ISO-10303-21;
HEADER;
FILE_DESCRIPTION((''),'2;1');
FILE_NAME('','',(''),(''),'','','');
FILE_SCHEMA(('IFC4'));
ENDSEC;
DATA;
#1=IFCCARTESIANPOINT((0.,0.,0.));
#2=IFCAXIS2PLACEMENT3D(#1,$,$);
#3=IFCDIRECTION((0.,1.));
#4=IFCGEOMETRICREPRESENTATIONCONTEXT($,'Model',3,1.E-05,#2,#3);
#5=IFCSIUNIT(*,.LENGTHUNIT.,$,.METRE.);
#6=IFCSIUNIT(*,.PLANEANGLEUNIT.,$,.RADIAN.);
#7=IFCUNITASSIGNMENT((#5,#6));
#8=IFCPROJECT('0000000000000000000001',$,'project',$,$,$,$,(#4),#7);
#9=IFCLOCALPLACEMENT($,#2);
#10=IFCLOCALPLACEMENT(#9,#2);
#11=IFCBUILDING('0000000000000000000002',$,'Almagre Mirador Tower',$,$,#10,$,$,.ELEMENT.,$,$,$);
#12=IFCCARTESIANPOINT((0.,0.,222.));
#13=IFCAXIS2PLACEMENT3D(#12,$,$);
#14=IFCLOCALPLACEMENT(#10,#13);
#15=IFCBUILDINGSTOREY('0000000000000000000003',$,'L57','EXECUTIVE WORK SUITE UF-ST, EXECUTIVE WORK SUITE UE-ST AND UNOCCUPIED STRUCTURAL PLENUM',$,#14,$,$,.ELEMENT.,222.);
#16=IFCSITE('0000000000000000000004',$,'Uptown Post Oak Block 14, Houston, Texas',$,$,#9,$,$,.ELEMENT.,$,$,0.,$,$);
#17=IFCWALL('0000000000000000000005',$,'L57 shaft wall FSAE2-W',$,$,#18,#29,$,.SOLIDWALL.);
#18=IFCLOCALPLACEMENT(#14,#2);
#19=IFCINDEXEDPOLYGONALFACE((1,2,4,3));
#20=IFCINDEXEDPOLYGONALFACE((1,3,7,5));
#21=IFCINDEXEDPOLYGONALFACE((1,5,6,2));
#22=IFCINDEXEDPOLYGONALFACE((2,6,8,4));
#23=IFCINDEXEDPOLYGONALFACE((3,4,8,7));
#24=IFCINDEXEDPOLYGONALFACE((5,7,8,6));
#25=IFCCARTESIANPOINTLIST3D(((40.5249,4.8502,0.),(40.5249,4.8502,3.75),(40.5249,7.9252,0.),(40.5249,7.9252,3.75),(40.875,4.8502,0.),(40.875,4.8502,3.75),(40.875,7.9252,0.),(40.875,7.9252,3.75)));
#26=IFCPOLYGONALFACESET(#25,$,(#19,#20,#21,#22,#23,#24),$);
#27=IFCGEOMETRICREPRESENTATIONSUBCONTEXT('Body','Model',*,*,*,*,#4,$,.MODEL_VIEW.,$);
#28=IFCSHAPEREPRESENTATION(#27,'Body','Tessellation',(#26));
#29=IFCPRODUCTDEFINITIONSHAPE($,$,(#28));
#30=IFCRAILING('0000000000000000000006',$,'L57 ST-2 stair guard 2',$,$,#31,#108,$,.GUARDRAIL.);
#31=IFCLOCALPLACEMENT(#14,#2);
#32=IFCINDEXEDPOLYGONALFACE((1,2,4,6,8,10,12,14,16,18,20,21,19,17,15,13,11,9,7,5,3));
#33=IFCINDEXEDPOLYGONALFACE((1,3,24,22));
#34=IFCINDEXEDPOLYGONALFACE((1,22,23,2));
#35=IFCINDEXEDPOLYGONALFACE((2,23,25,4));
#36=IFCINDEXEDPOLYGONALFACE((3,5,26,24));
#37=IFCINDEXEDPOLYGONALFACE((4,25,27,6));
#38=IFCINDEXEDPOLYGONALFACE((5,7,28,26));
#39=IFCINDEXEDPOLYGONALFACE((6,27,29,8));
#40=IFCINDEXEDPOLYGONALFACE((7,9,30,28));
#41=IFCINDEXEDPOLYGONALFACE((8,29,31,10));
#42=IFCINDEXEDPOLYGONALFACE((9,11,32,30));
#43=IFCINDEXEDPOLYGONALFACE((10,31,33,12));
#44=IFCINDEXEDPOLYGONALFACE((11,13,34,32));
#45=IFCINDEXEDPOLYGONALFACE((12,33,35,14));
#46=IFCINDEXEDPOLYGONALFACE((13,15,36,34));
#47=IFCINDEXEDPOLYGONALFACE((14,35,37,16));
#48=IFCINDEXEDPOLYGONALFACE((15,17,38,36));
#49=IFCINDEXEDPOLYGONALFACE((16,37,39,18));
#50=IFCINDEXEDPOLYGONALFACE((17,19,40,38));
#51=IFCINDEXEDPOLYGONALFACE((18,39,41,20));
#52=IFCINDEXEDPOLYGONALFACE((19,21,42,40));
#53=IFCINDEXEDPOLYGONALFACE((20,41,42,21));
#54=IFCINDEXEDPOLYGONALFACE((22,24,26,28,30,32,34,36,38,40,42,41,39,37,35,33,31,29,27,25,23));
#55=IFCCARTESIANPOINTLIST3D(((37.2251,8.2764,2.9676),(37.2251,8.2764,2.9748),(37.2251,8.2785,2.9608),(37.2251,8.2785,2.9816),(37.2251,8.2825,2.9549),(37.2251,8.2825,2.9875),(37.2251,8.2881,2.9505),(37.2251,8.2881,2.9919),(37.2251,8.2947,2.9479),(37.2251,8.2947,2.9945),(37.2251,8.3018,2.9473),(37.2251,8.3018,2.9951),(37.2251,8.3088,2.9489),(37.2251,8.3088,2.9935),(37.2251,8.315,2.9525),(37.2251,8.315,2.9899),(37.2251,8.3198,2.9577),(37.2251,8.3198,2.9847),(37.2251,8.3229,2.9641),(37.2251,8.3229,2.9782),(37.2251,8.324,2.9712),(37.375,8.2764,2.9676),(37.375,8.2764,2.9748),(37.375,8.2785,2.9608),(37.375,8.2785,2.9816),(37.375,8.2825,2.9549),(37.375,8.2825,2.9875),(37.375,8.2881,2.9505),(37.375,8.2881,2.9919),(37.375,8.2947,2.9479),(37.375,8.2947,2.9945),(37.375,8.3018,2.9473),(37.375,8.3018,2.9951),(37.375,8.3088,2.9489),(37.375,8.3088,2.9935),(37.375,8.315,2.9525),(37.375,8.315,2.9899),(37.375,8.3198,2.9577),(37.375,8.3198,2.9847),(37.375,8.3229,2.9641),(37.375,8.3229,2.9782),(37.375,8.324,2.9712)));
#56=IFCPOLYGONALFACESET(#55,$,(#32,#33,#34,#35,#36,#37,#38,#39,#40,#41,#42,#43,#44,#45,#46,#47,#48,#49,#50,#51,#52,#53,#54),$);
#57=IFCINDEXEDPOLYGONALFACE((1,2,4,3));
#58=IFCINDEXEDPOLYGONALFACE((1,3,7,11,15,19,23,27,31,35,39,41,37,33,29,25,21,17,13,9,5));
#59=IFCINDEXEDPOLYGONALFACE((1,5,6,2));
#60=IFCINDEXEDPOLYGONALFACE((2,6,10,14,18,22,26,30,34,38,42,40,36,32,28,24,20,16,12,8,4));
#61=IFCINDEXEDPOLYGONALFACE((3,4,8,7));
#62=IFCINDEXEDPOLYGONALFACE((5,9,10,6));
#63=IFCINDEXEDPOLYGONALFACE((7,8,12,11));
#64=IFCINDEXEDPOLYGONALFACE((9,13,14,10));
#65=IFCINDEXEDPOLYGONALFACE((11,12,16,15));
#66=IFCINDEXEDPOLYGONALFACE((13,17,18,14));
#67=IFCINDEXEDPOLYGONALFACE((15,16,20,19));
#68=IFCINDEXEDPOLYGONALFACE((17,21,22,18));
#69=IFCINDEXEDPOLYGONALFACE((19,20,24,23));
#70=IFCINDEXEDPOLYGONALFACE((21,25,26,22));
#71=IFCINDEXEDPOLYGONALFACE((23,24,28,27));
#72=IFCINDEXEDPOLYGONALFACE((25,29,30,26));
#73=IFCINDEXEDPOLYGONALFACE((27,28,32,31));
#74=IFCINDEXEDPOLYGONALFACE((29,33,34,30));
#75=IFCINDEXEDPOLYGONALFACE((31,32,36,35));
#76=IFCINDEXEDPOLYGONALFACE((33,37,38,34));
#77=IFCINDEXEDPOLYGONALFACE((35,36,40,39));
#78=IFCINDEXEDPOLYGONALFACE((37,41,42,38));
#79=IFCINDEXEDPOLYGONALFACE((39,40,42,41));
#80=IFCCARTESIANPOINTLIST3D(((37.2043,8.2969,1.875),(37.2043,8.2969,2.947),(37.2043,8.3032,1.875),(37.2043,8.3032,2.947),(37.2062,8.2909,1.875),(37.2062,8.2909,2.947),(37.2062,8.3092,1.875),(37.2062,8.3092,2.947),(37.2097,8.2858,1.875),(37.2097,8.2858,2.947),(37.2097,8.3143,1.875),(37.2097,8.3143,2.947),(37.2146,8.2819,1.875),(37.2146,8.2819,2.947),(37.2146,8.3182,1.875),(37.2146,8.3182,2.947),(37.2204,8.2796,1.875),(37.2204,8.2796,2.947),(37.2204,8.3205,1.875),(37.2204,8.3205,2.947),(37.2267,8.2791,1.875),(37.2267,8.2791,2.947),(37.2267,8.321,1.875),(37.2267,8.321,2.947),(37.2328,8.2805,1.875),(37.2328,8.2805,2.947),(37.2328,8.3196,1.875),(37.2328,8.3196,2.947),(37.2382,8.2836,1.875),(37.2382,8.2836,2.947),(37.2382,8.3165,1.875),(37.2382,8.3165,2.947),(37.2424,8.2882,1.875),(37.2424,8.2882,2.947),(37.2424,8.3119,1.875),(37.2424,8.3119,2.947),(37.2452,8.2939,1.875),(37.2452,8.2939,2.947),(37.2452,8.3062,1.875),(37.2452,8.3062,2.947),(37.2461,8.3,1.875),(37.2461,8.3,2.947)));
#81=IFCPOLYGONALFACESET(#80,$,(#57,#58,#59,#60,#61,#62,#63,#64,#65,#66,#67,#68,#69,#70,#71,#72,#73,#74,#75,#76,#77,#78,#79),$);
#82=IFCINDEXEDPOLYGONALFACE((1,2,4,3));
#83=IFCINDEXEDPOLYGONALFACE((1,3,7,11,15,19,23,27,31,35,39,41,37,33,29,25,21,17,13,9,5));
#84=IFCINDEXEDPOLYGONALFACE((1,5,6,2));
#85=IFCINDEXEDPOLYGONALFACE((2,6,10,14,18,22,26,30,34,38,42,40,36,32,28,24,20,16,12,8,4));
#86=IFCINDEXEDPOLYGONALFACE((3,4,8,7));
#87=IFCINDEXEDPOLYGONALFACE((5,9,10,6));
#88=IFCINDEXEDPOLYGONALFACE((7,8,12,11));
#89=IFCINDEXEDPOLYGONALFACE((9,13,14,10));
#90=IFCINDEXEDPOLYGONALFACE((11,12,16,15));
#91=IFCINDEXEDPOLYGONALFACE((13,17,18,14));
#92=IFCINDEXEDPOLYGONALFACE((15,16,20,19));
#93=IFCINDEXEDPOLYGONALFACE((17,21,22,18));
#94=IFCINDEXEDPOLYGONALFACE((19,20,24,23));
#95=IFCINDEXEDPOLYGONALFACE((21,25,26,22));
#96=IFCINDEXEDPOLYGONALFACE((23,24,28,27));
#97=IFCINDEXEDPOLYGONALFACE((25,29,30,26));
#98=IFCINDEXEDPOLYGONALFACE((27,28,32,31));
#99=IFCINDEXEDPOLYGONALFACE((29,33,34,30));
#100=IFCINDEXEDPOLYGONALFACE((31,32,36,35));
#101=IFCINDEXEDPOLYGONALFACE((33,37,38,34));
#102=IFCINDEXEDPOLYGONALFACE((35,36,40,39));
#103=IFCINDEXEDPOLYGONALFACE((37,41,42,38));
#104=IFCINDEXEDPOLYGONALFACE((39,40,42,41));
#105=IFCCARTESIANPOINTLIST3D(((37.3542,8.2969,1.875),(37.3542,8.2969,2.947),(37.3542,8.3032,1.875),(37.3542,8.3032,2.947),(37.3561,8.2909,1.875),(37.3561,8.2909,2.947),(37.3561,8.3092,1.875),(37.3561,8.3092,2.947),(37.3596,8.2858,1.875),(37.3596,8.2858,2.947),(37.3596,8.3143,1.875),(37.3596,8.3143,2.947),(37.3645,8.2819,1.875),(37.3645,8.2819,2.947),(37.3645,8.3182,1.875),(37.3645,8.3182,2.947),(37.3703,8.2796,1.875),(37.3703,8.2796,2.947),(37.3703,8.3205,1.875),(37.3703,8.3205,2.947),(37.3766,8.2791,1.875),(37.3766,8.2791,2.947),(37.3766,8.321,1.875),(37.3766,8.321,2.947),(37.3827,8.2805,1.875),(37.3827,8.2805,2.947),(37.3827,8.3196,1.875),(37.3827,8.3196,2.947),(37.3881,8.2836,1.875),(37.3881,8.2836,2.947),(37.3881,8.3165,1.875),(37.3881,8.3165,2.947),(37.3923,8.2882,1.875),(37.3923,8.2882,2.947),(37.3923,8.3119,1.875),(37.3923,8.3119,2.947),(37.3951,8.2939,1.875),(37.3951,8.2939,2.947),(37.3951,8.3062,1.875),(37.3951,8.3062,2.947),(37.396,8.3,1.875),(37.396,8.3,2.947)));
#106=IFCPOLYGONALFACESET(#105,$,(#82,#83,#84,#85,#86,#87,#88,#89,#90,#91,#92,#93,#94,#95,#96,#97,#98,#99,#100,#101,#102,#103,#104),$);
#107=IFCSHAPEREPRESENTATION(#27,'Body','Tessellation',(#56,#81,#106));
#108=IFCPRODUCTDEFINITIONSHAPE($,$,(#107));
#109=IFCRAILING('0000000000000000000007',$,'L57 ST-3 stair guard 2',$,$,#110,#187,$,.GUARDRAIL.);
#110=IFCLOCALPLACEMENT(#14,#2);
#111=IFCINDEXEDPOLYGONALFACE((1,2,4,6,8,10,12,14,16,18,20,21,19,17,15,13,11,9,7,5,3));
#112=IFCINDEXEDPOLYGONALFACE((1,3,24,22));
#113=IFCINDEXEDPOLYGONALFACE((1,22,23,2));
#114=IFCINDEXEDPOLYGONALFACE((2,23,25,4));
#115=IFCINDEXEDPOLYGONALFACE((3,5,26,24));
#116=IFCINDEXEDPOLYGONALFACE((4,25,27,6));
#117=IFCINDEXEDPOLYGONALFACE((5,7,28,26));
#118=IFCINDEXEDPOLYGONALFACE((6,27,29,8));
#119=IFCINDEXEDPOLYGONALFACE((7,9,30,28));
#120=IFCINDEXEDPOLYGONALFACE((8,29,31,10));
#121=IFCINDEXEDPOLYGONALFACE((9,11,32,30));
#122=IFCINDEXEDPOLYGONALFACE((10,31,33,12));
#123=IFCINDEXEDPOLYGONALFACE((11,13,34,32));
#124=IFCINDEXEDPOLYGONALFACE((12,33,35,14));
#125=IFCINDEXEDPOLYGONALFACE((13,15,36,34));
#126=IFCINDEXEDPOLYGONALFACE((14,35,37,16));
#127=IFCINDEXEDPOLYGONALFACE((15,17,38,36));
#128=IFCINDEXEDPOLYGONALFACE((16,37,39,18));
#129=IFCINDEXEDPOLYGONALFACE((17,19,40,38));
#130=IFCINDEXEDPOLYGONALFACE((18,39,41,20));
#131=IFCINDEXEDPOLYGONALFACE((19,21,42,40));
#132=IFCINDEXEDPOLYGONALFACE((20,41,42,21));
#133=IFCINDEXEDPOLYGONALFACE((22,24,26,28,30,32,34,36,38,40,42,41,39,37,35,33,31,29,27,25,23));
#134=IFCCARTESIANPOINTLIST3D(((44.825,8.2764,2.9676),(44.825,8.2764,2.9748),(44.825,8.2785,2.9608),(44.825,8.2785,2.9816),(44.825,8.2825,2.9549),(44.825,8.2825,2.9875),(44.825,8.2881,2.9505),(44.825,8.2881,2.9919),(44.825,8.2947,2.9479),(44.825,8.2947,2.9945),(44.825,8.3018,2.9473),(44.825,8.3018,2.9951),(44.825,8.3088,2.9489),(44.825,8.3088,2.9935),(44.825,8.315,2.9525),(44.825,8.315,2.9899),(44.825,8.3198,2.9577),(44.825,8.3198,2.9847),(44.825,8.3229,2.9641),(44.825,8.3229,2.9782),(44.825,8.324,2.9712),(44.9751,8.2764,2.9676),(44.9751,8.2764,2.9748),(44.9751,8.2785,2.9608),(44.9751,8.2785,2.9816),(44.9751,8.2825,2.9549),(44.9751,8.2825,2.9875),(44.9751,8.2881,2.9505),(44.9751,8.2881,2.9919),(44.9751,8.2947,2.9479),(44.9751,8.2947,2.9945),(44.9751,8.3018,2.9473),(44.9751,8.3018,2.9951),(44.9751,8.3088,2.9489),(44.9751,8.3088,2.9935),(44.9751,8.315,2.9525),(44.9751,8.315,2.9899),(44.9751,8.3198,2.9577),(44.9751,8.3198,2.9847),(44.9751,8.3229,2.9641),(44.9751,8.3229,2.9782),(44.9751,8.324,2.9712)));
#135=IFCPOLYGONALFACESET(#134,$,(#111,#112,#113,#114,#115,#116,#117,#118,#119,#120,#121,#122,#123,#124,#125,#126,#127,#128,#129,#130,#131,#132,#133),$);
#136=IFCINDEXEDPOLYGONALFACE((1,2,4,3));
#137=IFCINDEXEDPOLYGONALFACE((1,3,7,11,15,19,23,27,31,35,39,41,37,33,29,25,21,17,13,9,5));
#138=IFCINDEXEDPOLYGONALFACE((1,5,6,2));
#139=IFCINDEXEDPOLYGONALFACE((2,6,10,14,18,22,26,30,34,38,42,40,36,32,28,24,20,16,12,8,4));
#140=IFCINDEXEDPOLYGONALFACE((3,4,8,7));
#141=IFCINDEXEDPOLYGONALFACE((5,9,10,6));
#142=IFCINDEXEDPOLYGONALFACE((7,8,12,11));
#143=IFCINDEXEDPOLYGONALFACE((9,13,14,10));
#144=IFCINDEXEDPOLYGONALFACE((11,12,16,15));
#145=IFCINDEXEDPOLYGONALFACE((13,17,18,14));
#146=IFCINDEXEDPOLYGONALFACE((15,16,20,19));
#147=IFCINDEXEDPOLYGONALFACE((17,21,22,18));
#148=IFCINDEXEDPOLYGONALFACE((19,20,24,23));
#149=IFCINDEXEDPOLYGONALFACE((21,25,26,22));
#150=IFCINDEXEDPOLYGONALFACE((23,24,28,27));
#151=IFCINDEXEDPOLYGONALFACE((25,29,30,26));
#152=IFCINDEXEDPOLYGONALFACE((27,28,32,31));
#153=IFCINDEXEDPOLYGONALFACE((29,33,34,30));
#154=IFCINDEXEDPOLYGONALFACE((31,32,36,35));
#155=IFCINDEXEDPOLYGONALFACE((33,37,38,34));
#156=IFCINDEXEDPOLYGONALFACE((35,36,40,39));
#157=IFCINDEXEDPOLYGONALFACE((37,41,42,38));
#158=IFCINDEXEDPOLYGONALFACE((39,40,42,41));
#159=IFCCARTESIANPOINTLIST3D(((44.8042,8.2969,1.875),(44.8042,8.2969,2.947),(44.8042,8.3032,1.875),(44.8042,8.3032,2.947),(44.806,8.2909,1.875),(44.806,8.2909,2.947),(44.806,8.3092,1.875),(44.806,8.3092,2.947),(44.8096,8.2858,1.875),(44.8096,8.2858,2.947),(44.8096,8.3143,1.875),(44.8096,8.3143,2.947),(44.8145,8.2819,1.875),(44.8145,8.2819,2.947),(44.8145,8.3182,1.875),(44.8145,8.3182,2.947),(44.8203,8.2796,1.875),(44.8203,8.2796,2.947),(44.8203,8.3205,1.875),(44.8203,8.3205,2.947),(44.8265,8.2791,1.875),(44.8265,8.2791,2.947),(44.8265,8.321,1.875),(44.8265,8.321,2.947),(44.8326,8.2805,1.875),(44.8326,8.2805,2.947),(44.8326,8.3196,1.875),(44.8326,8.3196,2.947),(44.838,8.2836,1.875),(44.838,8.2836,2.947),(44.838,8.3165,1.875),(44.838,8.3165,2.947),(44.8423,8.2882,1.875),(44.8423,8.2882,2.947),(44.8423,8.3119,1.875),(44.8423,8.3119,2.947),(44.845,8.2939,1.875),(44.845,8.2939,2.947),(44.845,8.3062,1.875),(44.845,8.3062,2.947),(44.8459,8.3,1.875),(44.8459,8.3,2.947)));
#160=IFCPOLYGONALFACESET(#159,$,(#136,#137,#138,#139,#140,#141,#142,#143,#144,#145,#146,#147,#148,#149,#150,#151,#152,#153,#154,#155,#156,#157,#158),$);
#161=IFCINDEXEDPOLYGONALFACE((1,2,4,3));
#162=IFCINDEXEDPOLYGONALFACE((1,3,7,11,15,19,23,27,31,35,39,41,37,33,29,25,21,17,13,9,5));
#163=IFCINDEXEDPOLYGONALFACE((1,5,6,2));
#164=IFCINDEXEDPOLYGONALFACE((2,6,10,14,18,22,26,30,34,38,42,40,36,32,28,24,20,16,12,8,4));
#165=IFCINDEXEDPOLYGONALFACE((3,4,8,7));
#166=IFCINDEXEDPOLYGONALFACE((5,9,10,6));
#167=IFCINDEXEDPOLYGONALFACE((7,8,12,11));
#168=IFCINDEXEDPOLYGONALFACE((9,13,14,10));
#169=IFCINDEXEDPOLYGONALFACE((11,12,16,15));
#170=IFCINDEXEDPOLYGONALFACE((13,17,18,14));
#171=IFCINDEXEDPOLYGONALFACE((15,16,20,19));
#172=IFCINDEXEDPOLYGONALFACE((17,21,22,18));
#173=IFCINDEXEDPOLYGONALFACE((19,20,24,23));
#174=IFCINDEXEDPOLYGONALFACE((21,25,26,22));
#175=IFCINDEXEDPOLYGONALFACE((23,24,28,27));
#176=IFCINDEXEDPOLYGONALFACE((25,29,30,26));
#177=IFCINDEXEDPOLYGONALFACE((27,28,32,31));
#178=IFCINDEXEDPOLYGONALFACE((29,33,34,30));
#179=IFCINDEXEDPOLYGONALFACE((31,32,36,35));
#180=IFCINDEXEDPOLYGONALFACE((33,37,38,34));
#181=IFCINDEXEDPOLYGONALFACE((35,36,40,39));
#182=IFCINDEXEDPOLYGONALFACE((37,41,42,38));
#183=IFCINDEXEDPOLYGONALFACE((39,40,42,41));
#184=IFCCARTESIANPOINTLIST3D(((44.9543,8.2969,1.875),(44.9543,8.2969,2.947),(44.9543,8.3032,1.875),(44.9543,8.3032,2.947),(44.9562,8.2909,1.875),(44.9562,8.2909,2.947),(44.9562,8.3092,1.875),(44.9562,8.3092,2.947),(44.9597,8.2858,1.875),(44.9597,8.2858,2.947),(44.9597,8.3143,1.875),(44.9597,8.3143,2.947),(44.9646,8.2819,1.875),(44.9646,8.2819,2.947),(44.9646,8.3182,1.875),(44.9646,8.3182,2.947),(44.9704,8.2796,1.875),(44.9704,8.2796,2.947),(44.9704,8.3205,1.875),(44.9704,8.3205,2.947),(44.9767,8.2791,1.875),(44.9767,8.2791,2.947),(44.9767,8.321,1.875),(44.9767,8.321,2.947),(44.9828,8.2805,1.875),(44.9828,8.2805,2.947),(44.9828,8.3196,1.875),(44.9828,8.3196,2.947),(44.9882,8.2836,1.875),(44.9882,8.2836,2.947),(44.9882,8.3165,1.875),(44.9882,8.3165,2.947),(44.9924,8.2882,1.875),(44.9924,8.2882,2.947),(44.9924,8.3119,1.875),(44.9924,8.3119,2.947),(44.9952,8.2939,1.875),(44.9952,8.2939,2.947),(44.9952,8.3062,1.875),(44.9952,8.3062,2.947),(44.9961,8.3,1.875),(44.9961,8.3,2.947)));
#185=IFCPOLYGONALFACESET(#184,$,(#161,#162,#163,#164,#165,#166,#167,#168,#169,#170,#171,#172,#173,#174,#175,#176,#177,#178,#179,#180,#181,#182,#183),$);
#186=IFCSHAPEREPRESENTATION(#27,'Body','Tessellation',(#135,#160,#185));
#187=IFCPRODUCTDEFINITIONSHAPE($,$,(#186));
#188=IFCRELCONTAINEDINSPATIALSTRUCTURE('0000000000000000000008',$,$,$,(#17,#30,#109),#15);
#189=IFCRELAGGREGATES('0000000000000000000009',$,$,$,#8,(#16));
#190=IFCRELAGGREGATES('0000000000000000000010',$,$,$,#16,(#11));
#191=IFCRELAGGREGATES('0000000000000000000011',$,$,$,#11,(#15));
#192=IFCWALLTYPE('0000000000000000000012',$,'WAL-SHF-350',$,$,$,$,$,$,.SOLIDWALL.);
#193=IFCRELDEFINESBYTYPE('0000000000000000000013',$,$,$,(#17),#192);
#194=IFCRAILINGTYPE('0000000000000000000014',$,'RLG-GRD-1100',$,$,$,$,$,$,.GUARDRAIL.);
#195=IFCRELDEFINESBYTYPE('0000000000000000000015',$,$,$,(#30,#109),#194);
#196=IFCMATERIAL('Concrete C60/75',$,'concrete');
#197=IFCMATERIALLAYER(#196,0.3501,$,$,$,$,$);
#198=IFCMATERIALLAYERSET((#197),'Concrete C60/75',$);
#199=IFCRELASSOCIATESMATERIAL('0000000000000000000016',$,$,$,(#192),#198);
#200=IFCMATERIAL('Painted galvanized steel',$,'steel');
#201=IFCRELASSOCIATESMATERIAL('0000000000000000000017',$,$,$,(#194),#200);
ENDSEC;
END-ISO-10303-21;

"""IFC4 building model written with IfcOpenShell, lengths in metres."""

from ifc_helpers import new_model, si_unit, direction, frame, frame_2d, origin, origin_2d, place, context, subcontext, project, spatial, rectangle, circle, extrude, material, layer, layer_set, type_object, element, save


model = new_model("IFC4")

# Units and contexts
model_context = context("Model", 3, precision=1e-05, world=origin(), true_north=direction((0.0, 1.0)))
body_context = subcontext(model_context, "Body", "Model", "MODEL_VIEW")
ifc_project = project(units=[si_unit("LENGTHUNIT", "METRE"), si_unit("PLANEANGLEUNIT", "RADIAN")], contexts=[model_context])

# Site, building, storey
site_placement = place(None, origin())
site = spatial("IfcSite", under=ifc_project, at=site_placement, Name="Uptown Post Oak Block 14, Houston, Texas", CompositionType="ELEMENT", RefElevation=0.0)
building_placement = place(site_placement, origin())
building = spatial("IfcBuilding", under=site, at=building_placement, Name="Almagre Mirador Tower", CompositionType="ELEMENT")
storey_placement = place(building_placement, frame((0.0, 0.0, 222.0)))
storey = spatial("IfcBuildingStorey", under=building, at=storey_placement, Name="L57", Description="EXECUTIVE WORK SUITE UF-ST, EXECUTIVE WORK SUITE UE-ST AND UNOCCUPIED STRUCTURAL PLENUM", CompositionType="ELEMENT", Elevation=222.0)

# Shared definitions
ifc_material_1 = material(Name="Concrete C60/75", Category="concrete")
ifc_layer_1 = layer(ifc_material_1, 0.3501)
ifc_layer_set_1 = layer_set([ifc_layer_1], Name="Concrete C60/75")
wall_type_1 = type_object("IfcWallType", Name="WAL-SHF-350", PredefinedType="SOLIDWALL", material=ifc_layer_set_1)

# Wall
wall_1_placement = place(storey_placement, frame((40.7, 4.8501, 0.0), z_axis=(0.0, 0.0, 1.0), x_axis=(0.0, 1.0, 0.0)))
element("IfcWall", 1, at=wall_1_placement, inside=storey, type_object=wall_type_1, Name="L57 shaft wall FSAE2-W", PredefinedType="SOLIDWALL", context=body_context, shape_type="SweptSolid", body=[
    extrude(rectangle(XDim=3.075, YDim=0.3501, at=frame_2d((1.5376, 0.0))), origin(), (0.0, 0.0, 1.0), 3.75),
])

# Railings
ifc_material_2 = material(Name="Painted galvanized steel", Category="steel")
railing_type = type_object("IfcRailingType", Name="RLG-GRD-1100", PredefinedType="GUARDRAIL", material=ifc_material_2)
railing_1_placement = place(storey_placement, frame((37.2251, 8.3, 1.875)))
element("IfcRailing", 2, at=railing_1_placement, inside=storey, type_object=railing_type, Name="L57 ST-2 stair guard 2", PredefinedType="GUARDRAIL", context=body_context, shape_type="SweptSolid", body=[
    extrude(circle(Radius=0.0239, at=origin_2d()), frame((0.0, 0.0, 1.0962), z_axis=(1.0, 0.0, 0.0), x_axis=(0.0, 1.0, 0.0)), (0.0, 0.0, 1.0), 0.1499),
    extrude(circle(Radius=0.021, at=origin_2d()), origin(), (0.0, 0.0, 1.0), 1.072),
    extrude(circle(Radius=0.021, at=origin_2d()), frame((0.1499, 0.0, 0.0)), (0.0, 0.0, 1.0), 1.072),
])
railing_2_placement = place(storey_placement, frame((44.825, 8.3, 1.875)))
element("IfcRailing", 3, at=railing_2_placement, inside=storey, type_object=railing_type, Name="L57 ST-3 stair guard 2", PredefinedType="GUARDRAIL", context=body_context, shape_type="SweptSolid", body=[
    extrude(circle(Radius=0.0239, at=origin_2d()), frame((0.0, 0.0, 1.0962), z_axis=(1.0, 0.0, 0.0), x_axis=(0.0, 1.0, 0.0)), (0.0, 0.0, 1.0), 0.1501),
    extrude(circle(Radius=0.021, at=origin_2d()), origin(), (0.0, 0.0, 1.0), 1.072),
    extrude(circle(Radius=0.021, at=origin_2d()), frame((0.1501, 0.0, 0.0)), (0.0, 0.0, 1.0), 1.072),
])

save(model, "model.ifc")
